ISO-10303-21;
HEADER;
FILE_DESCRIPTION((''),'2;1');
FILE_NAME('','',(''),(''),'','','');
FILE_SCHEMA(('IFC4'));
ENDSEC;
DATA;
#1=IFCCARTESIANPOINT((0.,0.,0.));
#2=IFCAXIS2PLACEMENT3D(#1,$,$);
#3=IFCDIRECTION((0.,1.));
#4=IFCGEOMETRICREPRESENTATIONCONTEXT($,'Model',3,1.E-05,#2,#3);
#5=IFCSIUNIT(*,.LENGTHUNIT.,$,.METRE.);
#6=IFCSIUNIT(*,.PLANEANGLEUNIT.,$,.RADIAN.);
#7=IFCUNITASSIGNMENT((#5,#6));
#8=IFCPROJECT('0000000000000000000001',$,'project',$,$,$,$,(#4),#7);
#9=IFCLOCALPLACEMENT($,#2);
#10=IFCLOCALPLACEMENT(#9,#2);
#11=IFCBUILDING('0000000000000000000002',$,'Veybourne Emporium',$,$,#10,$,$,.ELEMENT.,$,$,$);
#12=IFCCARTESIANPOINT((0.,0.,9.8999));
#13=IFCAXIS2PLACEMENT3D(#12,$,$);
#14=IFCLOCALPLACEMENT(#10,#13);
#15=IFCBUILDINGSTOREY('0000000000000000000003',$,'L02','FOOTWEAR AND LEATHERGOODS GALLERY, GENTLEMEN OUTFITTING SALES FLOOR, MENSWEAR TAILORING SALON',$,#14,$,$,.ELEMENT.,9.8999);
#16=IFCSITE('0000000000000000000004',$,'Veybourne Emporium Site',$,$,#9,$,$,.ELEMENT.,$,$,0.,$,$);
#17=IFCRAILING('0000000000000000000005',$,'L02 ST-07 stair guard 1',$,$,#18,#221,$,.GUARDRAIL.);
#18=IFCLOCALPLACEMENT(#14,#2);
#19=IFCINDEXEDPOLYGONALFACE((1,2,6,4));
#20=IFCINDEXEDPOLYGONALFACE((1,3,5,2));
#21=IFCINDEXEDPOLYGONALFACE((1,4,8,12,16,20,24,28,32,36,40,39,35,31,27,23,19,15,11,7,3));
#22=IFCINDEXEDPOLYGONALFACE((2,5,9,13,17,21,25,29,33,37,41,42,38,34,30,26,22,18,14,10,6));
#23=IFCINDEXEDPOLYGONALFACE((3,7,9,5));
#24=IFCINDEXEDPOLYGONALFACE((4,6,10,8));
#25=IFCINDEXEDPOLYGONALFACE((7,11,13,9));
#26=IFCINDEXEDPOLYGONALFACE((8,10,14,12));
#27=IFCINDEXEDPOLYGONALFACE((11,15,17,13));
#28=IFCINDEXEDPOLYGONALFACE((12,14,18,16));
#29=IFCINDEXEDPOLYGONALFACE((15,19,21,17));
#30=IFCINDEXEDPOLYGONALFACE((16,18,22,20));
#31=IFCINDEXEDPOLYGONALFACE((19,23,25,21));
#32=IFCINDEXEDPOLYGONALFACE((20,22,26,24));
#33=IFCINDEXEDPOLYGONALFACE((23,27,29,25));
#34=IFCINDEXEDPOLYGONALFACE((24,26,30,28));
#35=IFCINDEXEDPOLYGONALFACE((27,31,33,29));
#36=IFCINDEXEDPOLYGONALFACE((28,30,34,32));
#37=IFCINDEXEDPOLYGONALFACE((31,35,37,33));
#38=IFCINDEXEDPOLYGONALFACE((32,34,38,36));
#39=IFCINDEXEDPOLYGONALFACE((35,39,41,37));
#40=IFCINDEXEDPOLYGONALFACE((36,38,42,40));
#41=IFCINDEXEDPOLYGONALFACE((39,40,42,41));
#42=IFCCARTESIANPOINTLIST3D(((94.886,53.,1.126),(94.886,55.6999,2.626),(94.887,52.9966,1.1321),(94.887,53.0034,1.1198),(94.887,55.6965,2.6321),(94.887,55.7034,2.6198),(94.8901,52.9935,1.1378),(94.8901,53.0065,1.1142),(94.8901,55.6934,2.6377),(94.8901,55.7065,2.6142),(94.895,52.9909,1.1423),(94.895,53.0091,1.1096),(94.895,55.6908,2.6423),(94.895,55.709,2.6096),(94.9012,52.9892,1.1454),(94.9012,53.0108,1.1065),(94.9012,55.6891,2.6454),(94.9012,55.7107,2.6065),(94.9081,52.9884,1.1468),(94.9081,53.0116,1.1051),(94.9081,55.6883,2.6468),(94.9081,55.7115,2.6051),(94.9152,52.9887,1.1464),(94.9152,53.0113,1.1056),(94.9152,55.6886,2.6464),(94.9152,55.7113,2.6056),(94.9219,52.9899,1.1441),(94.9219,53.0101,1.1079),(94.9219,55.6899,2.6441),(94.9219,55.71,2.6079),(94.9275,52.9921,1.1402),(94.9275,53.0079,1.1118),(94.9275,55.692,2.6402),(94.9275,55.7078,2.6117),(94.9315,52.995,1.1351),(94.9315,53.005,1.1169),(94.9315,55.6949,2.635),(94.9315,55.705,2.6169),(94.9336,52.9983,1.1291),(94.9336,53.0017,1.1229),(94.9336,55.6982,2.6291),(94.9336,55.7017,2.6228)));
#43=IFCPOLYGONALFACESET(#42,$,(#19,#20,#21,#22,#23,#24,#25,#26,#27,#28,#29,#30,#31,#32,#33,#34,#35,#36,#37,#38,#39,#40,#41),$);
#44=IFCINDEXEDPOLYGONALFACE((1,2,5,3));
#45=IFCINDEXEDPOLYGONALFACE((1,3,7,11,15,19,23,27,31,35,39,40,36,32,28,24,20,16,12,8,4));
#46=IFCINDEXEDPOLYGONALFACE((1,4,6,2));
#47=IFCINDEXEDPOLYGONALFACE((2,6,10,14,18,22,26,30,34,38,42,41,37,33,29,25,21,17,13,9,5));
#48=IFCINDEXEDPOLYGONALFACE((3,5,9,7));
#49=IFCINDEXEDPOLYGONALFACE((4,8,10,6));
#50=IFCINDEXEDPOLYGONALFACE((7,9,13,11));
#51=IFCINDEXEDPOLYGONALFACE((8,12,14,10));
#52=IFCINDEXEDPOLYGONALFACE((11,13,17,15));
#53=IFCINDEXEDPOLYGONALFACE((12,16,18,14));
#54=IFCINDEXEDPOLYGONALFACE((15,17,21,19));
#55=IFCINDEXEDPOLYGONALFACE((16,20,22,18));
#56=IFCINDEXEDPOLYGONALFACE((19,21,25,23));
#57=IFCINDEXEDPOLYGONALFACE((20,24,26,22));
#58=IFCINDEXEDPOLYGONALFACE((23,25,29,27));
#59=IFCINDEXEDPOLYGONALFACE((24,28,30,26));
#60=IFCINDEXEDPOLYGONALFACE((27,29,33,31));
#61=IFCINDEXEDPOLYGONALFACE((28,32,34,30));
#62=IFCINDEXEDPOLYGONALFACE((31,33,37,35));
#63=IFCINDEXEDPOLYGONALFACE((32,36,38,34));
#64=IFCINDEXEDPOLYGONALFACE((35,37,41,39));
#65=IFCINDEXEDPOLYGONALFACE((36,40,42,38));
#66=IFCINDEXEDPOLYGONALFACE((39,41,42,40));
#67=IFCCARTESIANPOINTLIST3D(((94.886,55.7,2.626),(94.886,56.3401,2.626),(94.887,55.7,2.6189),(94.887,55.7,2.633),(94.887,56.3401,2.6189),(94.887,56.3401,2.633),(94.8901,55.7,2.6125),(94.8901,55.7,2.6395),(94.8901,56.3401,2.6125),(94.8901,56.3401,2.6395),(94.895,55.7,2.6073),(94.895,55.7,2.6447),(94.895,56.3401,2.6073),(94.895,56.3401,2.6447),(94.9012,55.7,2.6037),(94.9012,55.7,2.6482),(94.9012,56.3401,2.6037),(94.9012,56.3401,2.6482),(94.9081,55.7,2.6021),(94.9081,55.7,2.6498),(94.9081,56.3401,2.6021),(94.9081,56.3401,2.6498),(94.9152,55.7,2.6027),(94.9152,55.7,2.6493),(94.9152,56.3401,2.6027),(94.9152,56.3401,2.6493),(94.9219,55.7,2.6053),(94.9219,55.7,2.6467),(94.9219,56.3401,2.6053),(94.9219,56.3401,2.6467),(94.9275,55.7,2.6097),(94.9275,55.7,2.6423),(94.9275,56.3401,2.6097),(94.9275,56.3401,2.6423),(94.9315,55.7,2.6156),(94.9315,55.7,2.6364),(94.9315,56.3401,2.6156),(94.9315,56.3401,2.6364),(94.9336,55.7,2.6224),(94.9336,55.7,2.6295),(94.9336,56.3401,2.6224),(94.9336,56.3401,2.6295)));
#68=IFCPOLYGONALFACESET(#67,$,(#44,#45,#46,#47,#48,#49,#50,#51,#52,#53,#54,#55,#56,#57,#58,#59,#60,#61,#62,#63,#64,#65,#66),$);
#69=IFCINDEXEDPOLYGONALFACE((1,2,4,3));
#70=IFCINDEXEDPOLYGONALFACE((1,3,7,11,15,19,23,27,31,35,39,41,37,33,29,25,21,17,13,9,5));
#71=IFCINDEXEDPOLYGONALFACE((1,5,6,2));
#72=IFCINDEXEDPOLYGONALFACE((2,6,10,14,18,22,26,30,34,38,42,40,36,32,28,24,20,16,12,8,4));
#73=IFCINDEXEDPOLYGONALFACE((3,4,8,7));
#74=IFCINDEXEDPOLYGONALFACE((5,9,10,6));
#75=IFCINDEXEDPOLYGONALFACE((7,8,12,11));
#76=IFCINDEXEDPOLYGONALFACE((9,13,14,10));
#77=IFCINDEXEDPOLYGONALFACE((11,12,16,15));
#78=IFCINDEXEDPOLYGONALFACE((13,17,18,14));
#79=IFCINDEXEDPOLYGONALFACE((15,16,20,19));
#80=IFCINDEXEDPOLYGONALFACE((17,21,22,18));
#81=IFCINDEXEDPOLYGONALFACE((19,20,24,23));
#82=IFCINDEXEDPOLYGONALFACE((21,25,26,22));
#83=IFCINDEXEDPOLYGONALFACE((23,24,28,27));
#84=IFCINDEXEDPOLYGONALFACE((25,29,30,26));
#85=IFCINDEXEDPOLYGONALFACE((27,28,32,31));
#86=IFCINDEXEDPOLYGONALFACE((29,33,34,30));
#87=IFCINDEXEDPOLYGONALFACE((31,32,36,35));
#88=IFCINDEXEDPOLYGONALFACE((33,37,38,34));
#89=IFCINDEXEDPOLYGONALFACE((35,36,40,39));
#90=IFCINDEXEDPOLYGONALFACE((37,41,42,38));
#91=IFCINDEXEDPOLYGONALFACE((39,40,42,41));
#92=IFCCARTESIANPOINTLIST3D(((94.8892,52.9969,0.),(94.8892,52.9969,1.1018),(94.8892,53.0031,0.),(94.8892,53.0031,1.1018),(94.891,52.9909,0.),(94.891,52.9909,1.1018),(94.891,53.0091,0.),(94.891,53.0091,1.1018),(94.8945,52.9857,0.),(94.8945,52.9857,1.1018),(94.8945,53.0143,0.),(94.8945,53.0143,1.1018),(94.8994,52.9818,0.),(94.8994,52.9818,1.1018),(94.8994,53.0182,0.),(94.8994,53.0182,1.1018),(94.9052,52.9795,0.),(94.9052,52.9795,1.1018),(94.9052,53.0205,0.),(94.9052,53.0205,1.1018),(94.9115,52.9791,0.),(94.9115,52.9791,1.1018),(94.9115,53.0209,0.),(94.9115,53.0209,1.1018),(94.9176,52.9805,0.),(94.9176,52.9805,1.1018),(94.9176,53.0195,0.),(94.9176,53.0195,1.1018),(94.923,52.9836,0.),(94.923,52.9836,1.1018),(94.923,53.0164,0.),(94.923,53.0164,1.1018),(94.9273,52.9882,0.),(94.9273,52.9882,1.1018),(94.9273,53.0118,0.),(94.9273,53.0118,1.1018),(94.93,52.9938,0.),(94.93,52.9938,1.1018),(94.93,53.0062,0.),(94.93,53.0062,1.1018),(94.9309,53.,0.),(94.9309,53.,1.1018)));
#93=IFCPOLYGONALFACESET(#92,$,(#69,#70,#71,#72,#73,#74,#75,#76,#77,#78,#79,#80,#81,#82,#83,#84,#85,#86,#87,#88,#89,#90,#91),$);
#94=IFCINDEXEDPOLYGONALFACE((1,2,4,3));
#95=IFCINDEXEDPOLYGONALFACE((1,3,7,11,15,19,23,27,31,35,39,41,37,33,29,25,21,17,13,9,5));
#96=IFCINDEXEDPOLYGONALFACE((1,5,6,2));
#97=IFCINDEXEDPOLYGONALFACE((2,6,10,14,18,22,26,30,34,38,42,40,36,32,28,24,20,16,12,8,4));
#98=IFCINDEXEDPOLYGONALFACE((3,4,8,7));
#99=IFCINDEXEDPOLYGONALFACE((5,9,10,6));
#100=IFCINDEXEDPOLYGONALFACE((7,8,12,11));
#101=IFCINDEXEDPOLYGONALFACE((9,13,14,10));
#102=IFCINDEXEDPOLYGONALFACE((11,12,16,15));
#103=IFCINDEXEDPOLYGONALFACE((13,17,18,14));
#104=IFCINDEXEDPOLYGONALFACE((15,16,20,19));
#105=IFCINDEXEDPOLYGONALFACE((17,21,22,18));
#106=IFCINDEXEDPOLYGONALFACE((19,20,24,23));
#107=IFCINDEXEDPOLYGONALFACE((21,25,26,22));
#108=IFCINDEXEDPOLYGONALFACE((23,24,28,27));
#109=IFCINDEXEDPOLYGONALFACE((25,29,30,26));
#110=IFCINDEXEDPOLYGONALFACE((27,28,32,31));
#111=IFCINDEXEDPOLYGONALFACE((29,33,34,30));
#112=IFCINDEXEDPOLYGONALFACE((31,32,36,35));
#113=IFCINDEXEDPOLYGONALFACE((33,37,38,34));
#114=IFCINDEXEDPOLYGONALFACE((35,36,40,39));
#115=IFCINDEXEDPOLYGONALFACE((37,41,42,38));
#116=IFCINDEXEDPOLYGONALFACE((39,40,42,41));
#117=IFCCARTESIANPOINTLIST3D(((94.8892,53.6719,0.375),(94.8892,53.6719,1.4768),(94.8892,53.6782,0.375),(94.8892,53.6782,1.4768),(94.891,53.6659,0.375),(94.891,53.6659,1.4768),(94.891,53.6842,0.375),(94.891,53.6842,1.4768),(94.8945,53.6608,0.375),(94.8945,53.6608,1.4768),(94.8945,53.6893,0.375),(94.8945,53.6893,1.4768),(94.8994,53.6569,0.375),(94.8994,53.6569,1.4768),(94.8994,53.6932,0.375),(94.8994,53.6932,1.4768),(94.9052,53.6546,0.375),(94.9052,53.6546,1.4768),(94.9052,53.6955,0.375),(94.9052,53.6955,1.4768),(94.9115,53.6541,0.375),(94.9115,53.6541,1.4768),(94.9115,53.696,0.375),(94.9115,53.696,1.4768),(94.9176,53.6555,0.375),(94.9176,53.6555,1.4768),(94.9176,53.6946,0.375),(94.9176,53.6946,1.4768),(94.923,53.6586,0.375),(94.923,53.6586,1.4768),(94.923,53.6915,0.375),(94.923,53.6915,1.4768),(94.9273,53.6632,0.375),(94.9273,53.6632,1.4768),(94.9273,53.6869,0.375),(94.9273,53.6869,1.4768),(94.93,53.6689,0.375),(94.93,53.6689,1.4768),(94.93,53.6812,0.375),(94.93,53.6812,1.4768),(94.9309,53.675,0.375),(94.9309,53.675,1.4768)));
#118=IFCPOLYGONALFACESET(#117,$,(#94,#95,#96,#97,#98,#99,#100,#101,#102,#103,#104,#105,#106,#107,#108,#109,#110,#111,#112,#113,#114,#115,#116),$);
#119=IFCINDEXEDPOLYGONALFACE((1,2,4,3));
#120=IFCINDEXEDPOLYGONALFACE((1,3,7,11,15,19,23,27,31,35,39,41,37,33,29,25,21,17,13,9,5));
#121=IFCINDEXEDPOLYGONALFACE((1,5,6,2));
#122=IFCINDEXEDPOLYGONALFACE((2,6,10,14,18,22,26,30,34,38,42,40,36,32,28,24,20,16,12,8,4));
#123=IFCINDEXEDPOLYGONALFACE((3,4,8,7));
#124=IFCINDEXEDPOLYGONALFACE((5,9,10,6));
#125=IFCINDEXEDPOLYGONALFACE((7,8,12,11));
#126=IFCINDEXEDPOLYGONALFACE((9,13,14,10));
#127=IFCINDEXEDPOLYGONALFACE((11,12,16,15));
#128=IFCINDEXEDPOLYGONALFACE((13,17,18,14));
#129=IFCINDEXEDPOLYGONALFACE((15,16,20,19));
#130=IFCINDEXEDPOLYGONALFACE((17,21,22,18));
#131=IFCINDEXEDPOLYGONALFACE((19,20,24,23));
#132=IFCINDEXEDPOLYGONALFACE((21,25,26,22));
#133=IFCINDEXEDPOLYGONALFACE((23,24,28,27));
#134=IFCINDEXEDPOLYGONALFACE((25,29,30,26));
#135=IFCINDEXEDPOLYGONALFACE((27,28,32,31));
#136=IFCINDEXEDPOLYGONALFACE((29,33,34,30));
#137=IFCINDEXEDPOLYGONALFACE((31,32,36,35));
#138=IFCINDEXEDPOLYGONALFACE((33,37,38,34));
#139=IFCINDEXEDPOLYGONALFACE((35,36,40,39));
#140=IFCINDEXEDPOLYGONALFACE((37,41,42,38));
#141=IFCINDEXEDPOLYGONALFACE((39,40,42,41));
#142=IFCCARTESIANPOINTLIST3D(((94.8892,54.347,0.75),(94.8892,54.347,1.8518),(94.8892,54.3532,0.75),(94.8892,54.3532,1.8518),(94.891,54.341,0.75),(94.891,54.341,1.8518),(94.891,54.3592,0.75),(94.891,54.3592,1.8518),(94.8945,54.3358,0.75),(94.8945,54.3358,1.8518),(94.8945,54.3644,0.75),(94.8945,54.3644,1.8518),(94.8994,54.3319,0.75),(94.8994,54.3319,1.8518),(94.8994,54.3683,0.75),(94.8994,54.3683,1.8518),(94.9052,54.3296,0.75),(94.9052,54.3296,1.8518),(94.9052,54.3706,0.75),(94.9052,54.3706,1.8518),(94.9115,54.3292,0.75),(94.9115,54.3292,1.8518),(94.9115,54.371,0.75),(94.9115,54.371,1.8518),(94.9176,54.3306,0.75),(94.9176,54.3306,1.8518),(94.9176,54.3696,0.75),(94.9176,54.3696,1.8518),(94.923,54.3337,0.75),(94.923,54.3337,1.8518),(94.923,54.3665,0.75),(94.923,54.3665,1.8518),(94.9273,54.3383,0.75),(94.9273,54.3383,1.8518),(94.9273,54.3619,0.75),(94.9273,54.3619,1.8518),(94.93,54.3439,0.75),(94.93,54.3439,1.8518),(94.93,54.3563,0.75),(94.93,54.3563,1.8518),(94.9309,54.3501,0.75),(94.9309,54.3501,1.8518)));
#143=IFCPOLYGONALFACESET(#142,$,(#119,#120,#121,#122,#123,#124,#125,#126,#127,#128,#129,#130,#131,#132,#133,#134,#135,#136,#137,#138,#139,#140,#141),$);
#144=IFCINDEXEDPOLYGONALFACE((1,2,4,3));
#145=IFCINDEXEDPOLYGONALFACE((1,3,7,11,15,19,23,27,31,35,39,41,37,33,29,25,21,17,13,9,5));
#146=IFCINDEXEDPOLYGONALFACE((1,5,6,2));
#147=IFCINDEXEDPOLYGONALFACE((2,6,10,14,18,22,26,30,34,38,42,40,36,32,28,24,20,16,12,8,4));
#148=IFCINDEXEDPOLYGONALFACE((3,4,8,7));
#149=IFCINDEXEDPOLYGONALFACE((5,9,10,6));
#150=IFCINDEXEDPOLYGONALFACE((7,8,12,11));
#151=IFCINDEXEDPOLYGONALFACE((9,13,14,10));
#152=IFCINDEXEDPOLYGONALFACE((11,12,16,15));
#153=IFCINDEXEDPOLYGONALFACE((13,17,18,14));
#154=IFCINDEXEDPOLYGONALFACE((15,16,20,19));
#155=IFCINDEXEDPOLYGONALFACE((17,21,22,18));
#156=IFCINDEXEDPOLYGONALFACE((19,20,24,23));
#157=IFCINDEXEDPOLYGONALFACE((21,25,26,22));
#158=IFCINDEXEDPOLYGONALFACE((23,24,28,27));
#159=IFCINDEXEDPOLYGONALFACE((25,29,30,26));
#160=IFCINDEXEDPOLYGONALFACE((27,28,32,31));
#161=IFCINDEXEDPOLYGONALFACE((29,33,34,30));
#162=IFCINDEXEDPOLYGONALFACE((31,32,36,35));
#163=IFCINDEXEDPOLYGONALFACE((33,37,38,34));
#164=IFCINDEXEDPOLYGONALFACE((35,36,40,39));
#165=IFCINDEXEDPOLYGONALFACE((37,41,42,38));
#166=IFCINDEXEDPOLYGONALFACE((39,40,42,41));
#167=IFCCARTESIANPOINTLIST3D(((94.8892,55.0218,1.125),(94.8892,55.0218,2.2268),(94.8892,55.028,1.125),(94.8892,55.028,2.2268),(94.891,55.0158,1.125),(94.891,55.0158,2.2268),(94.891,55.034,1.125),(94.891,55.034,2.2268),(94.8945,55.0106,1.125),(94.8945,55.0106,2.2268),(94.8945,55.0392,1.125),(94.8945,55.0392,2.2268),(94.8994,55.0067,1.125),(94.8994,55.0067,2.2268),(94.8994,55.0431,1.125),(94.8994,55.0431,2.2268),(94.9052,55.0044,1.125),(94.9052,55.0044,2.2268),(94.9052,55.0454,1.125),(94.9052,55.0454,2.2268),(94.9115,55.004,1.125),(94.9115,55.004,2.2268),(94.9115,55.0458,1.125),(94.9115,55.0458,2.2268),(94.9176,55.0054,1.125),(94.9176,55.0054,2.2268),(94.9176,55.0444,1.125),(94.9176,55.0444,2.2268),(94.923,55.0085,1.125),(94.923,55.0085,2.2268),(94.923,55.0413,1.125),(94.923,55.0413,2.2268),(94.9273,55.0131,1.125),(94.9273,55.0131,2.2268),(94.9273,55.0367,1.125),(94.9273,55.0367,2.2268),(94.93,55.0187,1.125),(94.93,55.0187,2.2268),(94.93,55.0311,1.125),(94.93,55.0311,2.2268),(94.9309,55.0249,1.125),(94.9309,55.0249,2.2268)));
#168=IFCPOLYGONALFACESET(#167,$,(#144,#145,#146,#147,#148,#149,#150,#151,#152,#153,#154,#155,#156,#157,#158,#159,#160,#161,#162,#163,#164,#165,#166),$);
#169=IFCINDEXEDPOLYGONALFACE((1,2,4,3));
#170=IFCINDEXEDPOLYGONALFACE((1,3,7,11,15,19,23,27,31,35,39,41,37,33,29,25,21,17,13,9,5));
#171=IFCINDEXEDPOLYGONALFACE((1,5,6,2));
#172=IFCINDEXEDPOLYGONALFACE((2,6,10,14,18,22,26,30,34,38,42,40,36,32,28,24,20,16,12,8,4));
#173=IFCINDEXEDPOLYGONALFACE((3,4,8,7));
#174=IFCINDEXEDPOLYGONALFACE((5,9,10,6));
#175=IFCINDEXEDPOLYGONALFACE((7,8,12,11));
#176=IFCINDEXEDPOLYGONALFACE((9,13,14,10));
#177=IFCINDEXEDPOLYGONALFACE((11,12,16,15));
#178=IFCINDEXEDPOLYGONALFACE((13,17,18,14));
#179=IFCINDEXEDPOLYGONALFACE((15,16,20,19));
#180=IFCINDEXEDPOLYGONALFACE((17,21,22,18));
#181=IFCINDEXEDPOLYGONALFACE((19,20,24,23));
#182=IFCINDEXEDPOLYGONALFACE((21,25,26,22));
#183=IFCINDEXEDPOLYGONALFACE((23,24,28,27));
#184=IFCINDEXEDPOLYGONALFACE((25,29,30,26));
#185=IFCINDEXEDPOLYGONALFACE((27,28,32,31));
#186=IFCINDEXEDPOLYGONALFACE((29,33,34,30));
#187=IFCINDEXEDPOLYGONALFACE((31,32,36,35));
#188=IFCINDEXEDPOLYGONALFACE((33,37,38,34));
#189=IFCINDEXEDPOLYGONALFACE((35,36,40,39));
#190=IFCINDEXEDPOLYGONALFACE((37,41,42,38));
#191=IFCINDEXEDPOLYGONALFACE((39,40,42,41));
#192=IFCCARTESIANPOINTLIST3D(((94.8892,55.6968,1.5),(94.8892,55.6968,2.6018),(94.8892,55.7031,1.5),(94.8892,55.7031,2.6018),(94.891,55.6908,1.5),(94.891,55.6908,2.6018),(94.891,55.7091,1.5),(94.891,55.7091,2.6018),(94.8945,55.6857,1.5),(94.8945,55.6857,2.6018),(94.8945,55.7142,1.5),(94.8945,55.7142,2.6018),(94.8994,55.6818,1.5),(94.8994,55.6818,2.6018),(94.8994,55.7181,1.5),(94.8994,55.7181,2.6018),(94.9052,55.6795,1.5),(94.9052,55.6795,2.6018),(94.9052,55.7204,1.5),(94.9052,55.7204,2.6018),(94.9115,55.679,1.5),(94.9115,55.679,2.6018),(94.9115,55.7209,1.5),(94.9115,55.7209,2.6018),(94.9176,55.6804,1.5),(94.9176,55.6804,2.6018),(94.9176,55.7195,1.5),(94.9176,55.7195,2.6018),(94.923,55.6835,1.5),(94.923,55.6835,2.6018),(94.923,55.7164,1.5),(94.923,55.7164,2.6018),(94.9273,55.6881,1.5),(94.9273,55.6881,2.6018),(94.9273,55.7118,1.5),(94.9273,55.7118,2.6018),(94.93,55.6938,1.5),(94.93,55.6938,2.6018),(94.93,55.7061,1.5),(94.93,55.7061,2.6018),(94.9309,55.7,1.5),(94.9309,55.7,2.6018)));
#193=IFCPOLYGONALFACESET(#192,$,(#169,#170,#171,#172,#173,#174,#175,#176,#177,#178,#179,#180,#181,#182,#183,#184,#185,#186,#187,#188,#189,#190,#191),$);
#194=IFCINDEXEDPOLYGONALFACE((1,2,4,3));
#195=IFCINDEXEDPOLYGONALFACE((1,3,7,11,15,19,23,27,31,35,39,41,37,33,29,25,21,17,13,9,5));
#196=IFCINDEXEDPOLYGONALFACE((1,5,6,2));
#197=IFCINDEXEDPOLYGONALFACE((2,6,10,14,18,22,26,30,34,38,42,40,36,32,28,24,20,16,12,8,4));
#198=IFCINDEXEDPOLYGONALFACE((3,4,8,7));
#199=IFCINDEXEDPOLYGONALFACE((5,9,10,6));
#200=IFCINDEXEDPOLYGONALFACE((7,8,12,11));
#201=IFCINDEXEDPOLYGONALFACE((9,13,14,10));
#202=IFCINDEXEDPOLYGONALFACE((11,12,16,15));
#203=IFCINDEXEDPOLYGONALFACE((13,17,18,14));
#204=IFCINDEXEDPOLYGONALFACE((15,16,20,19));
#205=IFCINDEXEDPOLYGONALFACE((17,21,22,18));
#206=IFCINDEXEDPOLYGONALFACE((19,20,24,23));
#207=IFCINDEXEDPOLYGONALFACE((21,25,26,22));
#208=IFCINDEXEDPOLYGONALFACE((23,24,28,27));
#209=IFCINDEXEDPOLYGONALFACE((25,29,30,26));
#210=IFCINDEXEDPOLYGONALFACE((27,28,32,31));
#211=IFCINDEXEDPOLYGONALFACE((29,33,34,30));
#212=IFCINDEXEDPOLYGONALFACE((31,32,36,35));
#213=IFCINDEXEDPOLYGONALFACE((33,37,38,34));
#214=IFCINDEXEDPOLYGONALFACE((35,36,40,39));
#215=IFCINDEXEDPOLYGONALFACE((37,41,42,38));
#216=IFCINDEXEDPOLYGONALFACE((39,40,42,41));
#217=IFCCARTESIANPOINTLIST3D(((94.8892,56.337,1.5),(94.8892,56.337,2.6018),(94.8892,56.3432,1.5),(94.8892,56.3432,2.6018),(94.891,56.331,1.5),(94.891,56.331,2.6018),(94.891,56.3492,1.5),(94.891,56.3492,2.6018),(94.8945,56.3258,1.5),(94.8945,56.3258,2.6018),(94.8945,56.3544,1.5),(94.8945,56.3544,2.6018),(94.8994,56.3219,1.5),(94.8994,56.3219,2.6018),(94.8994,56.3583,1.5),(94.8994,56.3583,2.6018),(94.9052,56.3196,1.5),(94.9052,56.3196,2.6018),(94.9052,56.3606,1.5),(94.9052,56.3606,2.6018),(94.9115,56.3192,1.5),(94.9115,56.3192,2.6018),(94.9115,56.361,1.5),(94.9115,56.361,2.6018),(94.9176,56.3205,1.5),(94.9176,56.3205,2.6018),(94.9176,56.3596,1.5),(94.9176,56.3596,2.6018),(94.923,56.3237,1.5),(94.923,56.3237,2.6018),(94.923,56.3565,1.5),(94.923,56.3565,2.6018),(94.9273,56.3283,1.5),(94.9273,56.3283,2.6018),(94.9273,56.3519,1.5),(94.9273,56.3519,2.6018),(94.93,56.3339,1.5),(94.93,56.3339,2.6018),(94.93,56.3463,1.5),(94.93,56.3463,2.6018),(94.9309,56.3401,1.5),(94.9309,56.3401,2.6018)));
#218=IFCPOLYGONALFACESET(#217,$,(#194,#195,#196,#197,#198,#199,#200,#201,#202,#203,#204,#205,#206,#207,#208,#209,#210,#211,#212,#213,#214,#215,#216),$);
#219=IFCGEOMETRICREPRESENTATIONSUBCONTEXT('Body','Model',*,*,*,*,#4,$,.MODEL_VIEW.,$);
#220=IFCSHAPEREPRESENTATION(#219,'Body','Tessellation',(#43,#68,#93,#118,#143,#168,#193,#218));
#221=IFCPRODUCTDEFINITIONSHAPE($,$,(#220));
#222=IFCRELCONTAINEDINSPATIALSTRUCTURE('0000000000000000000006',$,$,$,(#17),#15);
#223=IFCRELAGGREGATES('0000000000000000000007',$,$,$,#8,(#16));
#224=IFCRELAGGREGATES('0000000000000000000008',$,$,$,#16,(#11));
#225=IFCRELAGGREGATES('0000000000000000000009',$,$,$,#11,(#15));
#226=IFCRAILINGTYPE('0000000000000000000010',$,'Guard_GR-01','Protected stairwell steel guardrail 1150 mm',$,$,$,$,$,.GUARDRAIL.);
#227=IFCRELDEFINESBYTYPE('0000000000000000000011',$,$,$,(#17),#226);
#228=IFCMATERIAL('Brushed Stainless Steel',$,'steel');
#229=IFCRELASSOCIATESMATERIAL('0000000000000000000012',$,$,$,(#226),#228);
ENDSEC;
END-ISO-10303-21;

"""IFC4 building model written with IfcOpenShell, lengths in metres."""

from ifc_helpers import new_model, si_unit, direction, frame, origin, origin_2d, place, context, subcontext, project, spatial, circle, extrude, material, type_object, element, save


model = new_model("IFC4")

# Units and contexts
model_context = context("Model", 3, precision=1e-05, world=origin(), true_north=direction((0.0, 1.0)))
body_context = subcontext(model_context, "Body", "Model", "MODEL_VIEW")
ifc_project = project(units=[si_unit("LENGTHUNIT", "METRE"), si_unit("PLANEANGLEUNIT", "RADIAN")], contexts=[model_context])

# Site, building, storey
site_placement = place(None, origin())
site = spatial("IfcSite", under=ifc_project, at=site_placement, Name="Veybourne Emporium Site", CompositionType="ELEMENT", RefElevation=0.0)
building_placement = place(site_placement, origin())
building = spatial("IfcBuilding", under=site, at=building_placement, Name="Veybourne Emporium", CompositionType="ELEMENT")
storey_placement = place(building_placement, frame((0.0, 0.0, 9.8999)))
storey = spatial("IfcBuildingStorey", under=building, at=storey_placement, Name="L02", Description="FOOTWEAR AND LEATHERGOODS GALLERY, GENTLEMEN OUTFITTING SALES FLOOR, MENSWEAR TAILORING SALON", CompositionType="ELEMENT", Elevation=9.8999)

# Railing
ifc_material_1 = material(Name="Brushed Stainless Steel", Category="steel")
railing_type_1 = type_object("IfcRailingType", Name="Guard_GR-01", Description="Protected stairwell steel guardrail 1150 mm", PredefinedType="GUARDRAIL", material=ifc_material_1)
railing_1_placement = place(storey_placement, frame((94.9099, 53.0, 0.0)))
element("IfcRailing", 1, at=railing_1_placement, inside=storey, type_object=railing_type_1, Name="L02 ST-07 stair guard 1", PredefinedType="GUARDRAIL", context=body_context, shape_type="SweptSolid", body=[
    extrude(circle(Radius=0.0239, at=origin_2d()), frame((0.0, 0.0, 1.126), z_axis=(0.0, 0.874154, 0.48565), x_axis=(-1.0, 0.0, 0.0)), (0.0, 0.0, 1.0), 3.0886),
    extrude(circle(Radius=0.0239, at=origin_2d()), frame((0.0, 2.7, 2.626), z_axis=(0.0, 1.0, 0.0), x_axis=(-1.0, 0.0, 0.0)), (0.0, 0.0, 1.0), 0.6401),
    extrude(circle(Radius=0.021, at=origin_2d()), origin(), (0.0, 0.0, 1.0), 1.1018),
    extrude(circle(Radius=0.021, at=origin_2d()), frame((0.0, 0.675, 0.375)), (0.0, 0.0, 1.0), 1.1018),
    extrude(circle(Radius=0.021, at=origin_2d()), frame((0.0, 1.3501, 0.75)), (0.0, 0.0, 1.0), 1.1018),
    extrude(circle(Radius=0.021, at=origin_2d()), frame((0.0, 2.0249, 1.125)), (0.0, 0.0, 1.0), 1.1018),
    extrude(circle(Radius=0.021, at=origin_2d()), frame((0.0, 2.7, 1.5)), (0.0, 0.0, 1.0), 1.1018),
    extrude(circle(Radius=0.021, at=origin_2d()), frame((0.0, 3.3401, 1.5)), (0.0, 0.0, 1.0), 1.1018),
])

save(model, "model.ifc")
